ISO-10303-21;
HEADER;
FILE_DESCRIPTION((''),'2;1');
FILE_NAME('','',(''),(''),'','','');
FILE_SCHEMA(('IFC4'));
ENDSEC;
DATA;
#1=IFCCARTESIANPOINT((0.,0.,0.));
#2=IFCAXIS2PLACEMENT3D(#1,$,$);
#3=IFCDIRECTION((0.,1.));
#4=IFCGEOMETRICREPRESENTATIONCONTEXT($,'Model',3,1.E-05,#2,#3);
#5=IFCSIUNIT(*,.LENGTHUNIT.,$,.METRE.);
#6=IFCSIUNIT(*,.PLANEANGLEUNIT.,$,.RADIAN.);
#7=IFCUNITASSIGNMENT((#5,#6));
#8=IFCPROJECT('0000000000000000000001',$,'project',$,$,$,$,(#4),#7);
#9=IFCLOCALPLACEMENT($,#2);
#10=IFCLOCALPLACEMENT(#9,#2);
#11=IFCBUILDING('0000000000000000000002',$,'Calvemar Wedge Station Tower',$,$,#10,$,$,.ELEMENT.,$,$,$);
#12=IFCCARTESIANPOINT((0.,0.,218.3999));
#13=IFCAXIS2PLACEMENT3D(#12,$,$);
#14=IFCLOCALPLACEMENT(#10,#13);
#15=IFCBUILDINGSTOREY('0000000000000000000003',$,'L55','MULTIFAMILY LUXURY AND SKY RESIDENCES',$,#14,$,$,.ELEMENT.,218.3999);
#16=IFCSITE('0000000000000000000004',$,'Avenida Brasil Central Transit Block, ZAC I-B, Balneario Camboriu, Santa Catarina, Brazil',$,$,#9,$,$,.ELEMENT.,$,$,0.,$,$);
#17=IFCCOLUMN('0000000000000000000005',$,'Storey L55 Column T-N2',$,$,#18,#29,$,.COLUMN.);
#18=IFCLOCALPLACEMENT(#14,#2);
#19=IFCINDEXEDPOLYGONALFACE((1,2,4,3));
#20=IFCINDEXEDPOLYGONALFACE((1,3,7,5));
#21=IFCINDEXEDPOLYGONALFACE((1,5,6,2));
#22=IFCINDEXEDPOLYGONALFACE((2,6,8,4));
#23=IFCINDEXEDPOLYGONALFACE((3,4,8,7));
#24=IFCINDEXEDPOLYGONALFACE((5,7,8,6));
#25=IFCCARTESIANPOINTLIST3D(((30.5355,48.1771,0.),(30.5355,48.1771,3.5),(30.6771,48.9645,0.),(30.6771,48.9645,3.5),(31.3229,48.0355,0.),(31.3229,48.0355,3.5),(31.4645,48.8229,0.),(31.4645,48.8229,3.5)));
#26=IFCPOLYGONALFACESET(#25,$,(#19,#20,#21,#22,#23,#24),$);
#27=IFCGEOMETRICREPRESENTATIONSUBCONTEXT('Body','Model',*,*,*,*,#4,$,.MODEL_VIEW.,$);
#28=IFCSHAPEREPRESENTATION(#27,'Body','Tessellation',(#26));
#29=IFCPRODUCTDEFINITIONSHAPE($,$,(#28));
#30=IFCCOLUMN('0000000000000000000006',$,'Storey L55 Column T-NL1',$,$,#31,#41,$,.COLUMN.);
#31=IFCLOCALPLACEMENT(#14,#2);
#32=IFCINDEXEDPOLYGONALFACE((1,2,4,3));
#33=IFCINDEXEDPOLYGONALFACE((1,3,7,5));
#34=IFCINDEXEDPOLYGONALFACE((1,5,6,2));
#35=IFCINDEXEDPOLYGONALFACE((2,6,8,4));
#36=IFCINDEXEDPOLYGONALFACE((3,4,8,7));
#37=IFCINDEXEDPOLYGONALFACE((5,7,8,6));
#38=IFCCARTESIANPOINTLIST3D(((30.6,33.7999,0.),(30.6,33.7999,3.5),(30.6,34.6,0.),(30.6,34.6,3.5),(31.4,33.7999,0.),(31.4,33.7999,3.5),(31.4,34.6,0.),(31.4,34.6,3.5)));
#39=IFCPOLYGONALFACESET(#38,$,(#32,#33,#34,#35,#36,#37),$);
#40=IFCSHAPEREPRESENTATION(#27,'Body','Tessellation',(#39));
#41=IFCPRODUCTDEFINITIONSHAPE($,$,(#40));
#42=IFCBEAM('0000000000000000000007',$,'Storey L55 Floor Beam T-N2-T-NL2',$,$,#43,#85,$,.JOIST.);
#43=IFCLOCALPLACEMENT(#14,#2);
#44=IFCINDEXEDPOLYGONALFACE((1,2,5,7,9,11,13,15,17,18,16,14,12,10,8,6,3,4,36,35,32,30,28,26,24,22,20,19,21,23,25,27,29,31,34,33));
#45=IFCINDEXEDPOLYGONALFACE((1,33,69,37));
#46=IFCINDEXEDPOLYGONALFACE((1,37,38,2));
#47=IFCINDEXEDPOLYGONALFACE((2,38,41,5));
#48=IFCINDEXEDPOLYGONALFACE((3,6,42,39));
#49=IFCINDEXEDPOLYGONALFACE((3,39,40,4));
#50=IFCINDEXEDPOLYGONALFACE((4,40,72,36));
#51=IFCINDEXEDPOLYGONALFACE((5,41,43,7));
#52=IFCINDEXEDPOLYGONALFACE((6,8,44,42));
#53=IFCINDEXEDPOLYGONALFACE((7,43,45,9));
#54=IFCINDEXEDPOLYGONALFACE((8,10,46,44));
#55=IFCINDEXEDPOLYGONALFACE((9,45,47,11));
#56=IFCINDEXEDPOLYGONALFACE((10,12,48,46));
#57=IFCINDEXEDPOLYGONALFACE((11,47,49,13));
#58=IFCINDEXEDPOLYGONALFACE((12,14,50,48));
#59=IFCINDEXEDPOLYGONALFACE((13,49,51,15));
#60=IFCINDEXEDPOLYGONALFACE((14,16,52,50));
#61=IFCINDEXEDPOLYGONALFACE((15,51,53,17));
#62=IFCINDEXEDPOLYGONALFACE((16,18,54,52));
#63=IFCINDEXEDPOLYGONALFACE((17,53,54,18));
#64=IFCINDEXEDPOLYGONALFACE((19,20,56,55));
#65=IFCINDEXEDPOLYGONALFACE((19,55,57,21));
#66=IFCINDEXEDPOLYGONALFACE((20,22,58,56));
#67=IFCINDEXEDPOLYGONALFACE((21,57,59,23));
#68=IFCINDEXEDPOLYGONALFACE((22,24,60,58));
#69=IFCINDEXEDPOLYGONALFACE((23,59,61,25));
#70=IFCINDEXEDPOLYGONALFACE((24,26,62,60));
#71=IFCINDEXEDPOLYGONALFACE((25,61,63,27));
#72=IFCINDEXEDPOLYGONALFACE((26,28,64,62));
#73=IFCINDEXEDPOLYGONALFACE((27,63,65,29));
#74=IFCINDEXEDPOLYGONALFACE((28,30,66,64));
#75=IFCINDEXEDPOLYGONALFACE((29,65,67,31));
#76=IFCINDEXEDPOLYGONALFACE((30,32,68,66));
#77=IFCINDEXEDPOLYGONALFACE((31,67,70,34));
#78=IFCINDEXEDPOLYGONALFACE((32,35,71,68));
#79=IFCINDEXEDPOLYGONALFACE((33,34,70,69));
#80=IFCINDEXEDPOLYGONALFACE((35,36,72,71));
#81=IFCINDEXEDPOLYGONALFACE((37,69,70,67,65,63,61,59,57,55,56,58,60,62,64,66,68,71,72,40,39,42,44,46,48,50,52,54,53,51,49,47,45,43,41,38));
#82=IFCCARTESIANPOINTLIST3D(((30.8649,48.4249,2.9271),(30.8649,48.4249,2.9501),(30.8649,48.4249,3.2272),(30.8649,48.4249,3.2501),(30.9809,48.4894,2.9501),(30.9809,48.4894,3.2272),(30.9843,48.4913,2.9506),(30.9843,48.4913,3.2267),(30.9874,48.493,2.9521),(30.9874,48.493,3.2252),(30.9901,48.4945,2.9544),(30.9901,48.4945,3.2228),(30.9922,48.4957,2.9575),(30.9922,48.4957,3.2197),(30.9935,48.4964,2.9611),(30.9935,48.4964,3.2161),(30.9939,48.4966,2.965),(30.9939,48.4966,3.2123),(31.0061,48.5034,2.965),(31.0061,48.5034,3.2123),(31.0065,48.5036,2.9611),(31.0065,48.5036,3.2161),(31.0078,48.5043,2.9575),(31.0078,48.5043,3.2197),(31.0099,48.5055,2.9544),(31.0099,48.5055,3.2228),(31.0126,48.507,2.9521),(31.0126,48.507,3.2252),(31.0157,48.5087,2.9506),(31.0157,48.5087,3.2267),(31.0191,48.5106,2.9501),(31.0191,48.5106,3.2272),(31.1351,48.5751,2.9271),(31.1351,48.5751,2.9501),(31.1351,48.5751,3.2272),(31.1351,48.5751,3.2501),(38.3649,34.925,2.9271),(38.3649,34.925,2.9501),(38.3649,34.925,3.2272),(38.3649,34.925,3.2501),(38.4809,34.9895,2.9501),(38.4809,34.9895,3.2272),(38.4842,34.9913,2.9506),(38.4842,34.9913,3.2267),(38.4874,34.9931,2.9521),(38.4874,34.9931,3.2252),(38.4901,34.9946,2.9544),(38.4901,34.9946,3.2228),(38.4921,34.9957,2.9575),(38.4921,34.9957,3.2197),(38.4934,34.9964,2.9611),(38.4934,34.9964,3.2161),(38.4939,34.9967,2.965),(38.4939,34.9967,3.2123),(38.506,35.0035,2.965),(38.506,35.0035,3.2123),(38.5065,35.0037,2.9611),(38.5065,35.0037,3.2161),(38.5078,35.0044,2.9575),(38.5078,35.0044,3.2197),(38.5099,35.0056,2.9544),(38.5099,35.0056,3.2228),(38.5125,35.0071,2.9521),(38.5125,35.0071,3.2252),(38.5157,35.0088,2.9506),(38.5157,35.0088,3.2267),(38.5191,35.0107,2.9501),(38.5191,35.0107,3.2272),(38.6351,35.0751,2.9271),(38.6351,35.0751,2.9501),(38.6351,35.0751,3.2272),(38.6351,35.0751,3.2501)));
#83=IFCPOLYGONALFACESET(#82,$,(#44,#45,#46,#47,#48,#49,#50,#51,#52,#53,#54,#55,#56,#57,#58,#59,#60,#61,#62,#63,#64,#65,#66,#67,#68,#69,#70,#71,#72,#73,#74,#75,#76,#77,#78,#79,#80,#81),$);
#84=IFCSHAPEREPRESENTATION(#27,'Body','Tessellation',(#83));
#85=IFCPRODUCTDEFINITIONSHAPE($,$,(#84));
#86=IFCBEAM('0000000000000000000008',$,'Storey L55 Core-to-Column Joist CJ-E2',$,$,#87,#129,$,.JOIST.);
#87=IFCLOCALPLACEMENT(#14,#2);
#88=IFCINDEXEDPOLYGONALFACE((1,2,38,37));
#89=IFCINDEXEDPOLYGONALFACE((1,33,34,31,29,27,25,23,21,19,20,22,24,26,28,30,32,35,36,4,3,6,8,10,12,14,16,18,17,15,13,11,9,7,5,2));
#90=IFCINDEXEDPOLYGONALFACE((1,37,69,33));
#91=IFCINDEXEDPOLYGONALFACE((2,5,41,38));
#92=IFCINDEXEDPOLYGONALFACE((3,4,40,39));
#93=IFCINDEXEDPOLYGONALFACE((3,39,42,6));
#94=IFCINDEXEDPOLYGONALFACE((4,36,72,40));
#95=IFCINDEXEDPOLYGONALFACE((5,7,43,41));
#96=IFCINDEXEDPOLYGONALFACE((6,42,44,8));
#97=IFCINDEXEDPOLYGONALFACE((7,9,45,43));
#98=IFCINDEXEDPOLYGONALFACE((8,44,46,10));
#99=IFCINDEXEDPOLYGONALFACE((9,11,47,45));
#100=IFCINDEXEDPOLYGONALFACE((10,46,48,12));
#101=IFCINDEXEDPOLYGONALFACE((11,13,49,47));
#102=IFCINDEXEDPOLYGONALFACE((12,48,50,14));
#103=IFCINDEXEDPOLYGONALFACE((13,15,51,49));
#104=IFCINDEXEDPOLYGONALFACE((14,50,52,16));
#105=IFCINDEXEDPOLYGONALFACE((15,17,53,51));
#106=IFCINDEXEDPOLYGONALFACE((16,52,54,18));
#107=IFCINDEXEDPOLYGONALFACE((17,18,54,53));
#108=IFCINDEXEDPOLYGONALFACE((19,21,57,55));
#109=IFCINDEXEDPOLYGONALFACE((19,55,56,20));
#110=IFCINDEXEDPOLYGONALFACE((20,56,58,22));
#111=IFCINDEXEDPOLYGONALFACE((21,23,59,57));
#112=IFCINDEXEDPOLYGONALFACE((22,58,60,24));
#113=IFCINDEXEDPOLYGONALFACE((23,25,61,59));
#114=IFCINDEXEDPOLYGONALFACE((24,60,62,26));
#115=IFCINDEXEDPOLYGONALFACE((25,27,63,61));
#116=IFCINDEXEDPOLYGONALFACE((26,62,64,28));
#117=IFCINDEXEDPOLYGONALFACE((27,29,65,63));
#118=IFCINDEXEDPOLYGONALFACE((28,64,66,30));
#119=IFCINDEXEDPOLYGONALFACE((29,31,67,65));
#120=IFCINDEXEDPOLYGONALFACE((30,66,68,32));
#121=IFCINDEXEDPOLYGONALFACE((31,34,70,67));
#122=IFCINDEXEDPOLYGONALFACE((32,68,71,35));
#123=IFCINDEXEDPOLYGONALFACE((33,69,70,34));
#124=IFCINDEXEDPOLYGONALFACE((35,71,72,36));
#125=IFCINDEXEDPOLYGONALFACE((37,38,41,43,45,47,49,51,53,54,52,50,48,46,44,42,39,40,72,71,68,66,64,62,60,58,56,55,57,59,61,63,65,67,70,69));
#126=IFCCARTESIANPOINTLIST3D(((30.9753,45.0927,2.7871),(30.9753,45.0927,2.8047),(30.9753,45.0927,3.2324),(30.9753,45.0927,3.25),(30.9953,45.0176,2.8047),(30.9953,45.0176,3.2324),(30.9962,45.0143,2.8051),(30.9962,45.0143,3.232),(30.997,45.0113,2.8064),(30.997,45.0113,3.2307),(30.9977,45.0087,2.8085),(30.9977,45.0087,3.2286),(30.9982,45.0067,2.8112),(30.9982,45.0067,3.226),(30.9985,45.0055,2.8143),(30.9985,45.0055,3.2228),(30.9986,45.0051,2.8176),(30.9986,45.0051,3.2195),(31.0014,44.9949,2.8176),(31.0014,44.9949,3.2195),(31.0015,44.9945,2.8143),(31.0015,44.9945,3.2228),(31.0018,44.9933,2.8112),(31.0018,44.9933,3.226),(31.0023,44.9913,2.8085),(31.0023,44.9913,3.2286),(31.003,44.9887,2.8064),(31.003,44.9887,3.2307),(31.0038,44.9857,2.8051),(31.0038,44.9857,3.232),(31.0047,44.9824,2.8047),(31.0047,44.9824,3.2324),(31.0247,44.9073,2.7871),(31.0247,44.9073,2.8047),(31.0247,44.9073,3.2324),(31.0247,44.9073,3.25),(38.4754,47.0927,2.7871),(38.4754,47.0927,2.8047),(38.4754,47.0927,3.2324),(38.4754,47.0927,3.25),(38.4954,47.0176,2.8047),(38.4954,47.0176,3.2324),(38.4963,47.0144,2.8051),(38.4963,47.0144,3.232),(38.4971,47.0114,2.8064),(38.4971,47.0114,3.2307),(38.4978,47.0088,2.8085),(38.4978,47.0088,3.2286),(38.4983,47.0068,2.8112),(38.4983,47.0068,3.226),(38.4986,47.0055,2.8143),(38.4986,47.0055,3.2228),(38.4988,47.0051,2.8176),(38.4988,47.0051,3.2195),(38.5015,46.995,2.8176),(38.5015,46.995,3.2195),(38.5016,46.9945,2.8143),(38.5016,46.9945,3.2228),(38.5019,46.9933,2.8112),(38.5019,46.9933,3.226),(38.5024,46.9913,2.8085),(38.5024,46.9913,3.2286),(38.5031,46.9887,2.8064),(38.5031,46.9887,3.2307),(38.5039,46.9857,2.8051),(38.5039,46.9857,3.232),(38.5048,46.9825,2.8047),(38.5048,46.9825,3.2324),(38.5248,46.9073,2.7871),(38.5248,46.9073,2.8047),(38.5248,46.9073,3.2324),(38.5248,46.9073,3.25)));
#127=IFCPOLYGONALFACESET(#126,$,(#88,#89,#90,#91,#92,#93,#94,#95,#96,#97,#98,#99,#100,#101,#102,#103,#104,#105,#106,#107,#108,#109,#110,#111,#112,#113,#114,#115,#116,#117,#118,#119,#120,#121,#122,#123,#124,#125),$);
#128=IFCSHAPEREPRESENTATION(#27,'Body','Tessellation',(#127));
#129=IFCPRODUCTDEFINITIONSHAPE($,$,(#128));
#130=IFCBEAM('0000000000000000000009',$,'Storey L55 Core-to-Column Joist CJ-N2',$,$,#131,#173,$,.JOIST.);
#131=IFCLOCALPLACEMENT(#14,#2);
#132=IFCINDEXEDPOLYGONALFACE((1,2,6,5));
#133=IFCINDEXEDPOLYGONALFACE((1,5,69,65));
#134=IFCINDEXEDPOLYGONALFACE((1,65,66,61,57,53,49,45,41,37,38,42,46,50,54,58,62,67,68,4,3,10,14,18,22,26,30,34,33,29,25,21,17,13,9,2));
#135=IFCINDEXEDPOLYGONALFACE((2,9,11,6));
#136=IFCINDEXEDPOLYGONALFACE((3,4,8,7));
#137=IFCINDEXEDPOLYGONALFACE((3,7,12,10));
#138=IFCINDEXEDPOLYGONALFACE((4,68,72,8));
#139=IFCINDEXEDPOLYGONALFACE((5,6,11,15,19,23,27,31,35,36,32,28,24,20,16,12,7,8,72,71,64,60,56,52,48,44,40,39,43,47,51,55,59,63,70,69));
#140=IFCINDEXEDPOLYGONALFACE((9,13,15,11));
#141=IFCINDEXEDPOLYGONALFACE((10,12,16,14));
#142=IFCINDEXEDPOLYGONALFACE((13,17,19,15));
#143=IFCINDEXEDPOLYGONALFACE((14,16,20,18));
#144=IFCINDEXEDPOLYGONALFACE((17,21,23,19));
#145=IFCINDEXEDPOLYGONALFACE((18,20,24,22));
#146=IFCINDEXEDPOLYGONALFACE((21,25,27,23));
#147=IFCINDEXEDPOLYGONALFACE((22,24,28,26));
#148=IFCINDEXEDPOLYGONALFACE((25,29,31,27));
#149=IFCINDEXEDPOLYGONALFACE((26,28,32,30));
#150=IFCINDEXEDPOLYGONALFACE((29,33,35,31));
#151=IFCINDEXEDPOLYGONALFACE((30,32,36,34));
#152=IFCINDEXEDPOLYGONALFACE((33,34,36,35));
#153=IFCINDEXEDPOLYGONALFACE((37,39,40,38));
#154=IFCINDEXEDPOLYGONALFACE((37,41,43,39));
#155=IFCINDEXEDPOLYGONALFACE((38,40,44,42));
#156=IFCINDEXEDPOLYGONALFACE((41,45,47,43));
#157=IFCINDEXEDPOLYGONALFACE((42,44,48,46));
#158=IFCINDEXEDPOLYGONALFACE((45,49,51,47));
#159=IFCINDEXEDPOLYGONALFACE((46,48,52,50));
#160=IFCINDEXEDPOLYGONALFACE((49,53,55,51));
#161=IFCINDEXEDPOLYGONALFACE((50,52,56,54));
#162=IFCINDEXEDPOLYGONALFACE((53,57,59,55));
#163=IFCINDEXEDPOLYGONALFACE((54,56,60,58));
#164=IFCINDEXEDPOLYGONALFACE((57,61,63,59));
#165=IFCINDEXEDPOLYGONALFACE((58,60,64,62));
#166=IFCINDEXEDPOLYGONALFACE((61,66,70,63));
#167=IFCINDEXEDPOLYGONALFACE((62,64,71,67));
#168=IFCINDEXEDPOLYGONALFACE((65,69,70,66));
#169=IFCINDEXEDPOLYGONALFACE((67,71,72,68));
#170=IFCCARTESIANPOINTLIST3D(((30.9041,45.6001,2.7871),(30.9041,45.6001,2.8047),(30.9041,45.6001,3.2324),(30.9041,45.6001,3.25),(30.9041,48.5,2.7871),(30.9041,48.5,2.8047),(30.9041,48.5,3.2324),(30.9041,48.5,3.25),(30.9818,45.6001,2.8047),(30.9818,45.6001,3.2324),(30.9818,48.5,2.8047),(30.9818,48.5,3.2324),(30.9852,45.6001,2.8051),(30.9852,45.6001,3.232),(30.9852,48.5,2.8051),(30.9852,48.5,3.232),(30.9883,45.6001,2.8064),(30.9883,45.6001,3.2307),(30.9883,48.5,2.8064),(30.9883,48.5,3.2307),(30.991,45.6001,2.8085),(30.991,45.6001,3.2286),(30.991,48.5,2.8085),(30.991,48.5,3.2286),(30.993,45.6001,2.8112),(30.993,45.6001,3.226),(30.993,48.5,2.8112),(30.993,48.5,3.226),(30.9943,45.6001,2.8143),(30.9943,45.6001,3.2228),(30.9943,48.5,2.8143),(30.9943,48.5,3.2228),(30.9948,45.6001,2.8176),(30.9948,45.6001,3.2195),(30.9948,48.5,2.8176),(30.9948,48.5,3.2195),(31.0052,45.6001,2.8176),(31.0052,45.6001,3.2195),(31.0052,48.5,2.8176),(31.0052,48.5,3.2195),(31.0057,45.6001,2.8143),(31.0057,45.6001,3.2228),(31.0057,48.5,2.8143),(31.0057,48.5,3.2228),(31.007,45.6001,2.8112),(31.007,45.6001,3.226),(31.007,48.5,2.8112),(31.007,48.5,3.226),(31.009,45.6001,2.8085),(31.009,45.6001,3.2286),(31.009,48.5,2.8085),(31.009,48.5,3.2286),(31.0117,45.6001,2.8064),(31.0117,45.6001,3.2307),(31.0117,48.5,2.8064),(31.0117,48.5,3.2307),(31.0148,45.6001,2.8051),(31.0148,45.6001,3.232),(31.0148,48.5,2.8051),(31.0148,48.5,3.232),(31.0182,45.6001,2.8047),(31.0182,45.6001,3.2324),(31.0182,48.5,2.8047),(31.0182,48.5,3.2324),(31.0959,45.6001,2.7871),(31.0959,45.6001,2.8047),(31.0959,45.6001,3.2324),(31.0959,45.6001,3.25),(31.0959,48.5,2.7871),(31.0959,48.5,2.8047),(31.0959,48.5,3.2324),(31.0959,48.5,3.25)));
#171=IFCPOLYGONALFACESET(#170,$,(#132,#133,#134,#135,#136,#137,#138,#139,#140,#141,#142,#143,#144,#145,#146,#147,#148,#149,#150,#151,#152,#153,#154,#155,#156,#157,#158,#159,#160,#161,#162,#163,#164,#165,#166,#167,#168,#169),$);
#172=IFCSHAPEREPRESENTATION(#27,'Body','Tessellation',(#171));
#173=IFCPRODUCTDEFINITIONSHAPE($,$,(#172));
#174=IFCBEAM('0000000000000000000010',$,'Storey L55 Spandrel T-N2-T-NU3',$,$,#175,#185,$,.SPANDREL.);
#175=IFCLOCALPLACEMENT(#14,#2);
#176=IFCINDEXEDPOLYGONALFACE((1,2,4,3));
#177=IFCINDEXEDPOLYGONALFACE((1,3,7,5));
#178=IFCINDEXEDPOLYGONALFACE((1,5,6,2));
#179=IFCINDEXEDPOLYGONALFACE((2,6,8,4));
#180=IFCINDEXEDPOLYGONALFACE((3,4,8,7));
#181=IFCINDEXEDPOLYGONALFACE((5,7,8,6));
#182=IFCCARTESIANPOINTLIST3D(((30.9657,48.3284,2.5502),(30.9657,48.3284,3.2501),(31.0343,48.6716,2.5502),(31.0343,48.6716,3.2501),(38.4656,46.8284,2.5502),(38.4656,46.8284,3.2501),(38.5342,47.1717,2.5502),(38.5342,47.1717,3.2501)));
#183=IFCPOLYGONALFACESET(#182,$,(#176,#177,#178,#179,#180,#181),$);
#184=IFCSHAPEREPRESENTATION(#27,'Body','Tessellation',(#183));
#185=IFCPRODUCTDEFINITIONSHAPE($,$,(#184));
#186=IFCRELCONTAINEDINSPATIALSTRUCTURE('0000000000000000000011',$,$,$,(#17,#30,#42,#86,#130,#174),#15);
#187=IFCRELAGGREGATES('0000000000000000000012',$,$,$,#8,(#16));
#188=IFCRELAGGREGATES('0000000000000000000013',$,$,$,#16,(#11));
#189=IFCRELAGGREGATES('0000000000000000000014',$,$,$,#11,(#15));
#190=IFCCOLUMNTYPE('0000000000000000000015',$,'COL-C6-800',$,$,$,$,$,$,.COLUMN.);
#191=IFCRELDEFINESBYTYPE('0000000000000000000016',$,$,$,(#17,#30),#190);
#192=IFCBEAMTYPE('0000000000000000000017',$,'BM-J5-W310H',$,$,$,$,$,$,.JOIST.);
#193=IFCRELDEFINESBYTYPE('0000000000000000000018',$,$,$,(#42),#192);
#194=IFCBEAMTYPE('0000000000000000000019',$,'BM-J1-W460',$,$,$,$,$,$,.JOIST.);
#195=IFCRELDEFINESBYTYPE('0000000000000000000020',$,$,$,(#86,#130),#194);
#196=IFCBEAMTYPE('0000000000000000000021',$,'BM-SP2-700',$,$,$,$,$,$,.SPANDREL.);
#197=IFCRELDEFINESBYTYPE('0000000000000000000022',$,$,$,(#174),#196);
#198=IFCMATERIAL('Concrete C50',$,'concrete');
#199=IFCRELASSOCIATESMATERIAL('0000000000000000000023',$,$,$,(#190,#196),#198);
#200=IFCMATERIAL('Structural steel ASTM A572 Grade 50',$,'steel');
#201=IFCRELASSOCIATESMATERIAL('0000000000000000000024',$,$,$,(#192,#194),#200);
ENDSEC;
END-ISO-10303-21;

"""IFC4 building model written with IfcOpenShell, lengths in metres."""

from ifc_helpers import new_model, si_unit, direction, frame, origin, origin_2d, place, context, subcontext, project, spatial, rectangle, i_section, extrude, source, transform, mapped, material, material_profile, profile_set, type_object, element, save


model = new_model("IFC4")

# Units and contexts
model_context = context("Model", 3, precision=1e-05, world=origin(), true_north=direction((0.0, 1.0)))
body_context = subcontext(model_context, "Body", "Model", "MODEL_VIEW")
ifc_project = project(units=[si_unit("LENGTHUNIT", "METRE"), si_unit("PLANEANGLEUNIT", "RADIAN")], contexts=[model_context])

# Site, building, storey
site_placement = place(None, origin())
site = spatial("IfcSite", under=ifc_project, at=site_placement, Name="Avenida Brasil Central Transit Block, ZAC I-B, Balneario Camboriu, Santa Catarina, Brazil", CompositionType="ELEMENT", RefElevation=0.0)
building_placement = place(site_placement, origin())
building = spatial("IfcBuilding", under=site, at=building_placement, Name="Calvemar Wedge Station Tower", CompositionType="ELEMENT")
storey_placement = place(building_placement, frame((0.0, 0.0, 218.3999)))
storey = spatial("IfcBuildingStorey", under=building, at=storey_placement, Name="L55", Description="MULTIFAMILY LUXURY AND SKY RESIDENCES", CompositionType="ELEMENT", Elevation=218.3999)

# Columns
ifc_material_1 = material(Name="Concrete C50", Category="concrete")
ifc_material_profile_1 = material_profile(ifc_material_1, rectangle(XDim=0.8, YDim=0.8, at=origin_2d()), Name="RC800x800")
ifc_profile_set_1 = profile_set([ifc_material_profile_1], Name="Concrete C50")
column_type = type_object("IfcColumnType", Name="COL-C6-800", PredefinedType="COLUMN", material=ifc_profile_set_1)
shared_shape_1 = source(origin(), body_context, "Body", "SweptSolid", [
    extrude(rectangle(XDim=0.8, YDim=0.8, at=origin_2d()), origin(), (0.0, 0.0, 1.0), 3.5),
])
for number, where, z_axis, x_axis, name in (
    (1, (31.0, 48.5, 0.0), (0.0, 0.0, 1.0), (0.984196, -0.177085, 0.0), "Storey L55 Column T-N2"),
    (2, (31.0, 34.2, 0.0), (0.0, 0.0, 1.0), (1.0, 0.0, 0.0), "Storey L55 Column T-NL1"),
):
    element("IfcColumn", number, at=place(storey_placement, frame(where, z_axis=z_axis, x_axis=x_axis)), inside=storey, type_object=column_type, Name=name, PredefinedType="COLUMN", context=body_context, shape_type="MappedRepresentation", body=[
        mapped(shared_shape_1, transform((0.0, 0.0, 0.0), scale=1.0)),
    ])

# Beams
ifc_material_2 = material(Name="Structural steel ASTM A572 Grade 50", Category="steel")
ifc_material_profile_2 = material_profile(ifc_material_2, i_section(OverallWidth=0.3091, OverallDepth=0.323, WebThickness=0.0139, FlangeThickness=0.0229, FilletRadius=0.0149, at=origin_2d()), Name="W310x143")
ifc_profile_set_2 = profile_set([ifc_material_profile_2], Name="Structural steel ASTM A572 Grade 50")
beam_type_1 = type_object("IfcBeamType", Name="BM-J5-W310H", PredefinedType="JOIST", material=ifc_profile_set_2)
shared_shape_2 = source(origin(), body_context, "Body", "SweptSolid", [
    extrude(i_section(OverallWidth=0.3091, OverallDepth=0.323, WebThickness=0.0139, FlangeThickness=0.0229, FilletRadius=0.0149, at=origin_2d()), origin(), (0.0, 0.0, 1.0), 15.4434),
])
beam_1_placement = place(storey_placement, frame((31.0, 48.5, 3.0886), z_axis=(0.485643, -0.874157, 0.0), x_axis=(0.874157, 0.485643, 0.0)))
element("IfcBeam", 3, at=beam_1_placement, inside=storey, type_object=beam_type_1, Name="Storey L55 Floor Beam T-N2-T-NL2", PredefinedType="JOIST", context=body_context, shape_type="MappedRepresentation", body=[
    mapped(shared_shape_2, transform((0.0, 0.0, 0.0), scale=1.0)),
])
ifc_material_profile_3 = material_profile(ifc_material_2, i_section(OverallWidth=0.1919, OverallDepth=0.4629, WebThickness=0.0105, FlangeThickness=0.0176, FilletRadius=0.0129, at=origin_2d()), Name="W460x89")
ifc_profile_set_3 = profile_set([ifc_material_profile_3], Name="Structural steel ASTM A572 Grade 50")
beam_type_2 = type_object("IfcBeamType", Name="BM-J1-W460", PredefinedType="JOIST", material=ifc_profile_set_3)
shared_shape_3 = source(origin(), body_context, "Body", "SweptSolid", [
    extrude(i_section(OverallWidth=0.1919, OverallDepth=0.4629, WebThickness=0.0105, FlangeThickness=0.0176, FilletRadius=0.0129, at=origin_2d()), origin(), (0.0, 0.0, 1.0), 7.7622),
])
beam_2_placement = place(storey_placement, frame((31.0, 45.0, 3.0186), z_axis=(0.966235, 0.257663, 0.0), x_axis=(-0.257663, 0.966235, 0.0)))
element("IfcBeam", 4, at=beam_2_placement, inside=storey, type_object=beam_type_2, Name="Storey L55 Core-to-Column Joist CJ-E2", PredefinedType="JOIST", context=body_context, shape_type="MappedRepresentation", body=[
    mapped(shared_shape_3, transform((0.0, 0.0, 0.0), scale=1.0)),
])
shared_shape_4 = source(origin(), body_context, "Body", "SweptSolid", [
    extrude(i_section(OverallWidth=0.1919, OverallDepth=0.4629, WebThickness=0.0105, FlangeThickness=0.0176, FilletRadius=0.0129, at=origin_2d()), origin(), (0.0, 0.0, 1.0), 2.8999),
])
beam_3_placement = place(storey_placement, frame((31.0, 45.6001, 3.0186), z_axis=(0.0, 1.0, 0.0), x_axis=(-1.0, 0.0, 0.0)))
element("IfcBeam", 5, at=beam_3_placement, inside=storey, type_object=beam_type_2, Name="Storey L55 Core-to-Column Joist CJ-N2", PredefinedType="JOIST", context=body_context, shape_type="MappedRepresentation", body=[
    mapped(shared_shape_4, transform((0.0, 0.0, 0.0), scale=1.0)),
])
ifc_material_profile_4 = material_profile(ifc_material_1, rectangle(XDim=0.3501, YDim=0.7, at=origin_2d()), Name="RC350x700")
ifc_profile_set_4 = profile_set([ifc_material_profile_4], Name="Concrete C50")
beam_type_3 = type_object("IfcBeamType", Name="BM-SP2-700", PredefinedType="SPANDREL", material=ifc_profile_set_4)
shared_shape_5 = source(origin(), body_context, "Body", "SweptSolid", [
    extrude(rectangle(XDim=0.3501, YDim=0.7, at=origin_2d()), origin(), (0.0, 0.0, 1.0), 7.6484),
])
beam_4_placement = place(storey_placement, frame((31.0, 48.5, 2.9001), z_axis=(0.980581, -0.196116, 0.0), x_axis=(0.196116, 0.980581, 0.0)))
element("IfcBeam", 6, at=beam_4_placement, inside=storey, type_object=beam_type_3, Name="Storey L55 Spandrel T-N2-T-NU3", PredefinedType="SPANDREL", context=body_context, shape_type="MappedRepresentation", body=[
    mapped(shared_shape_5, transform((0.0, 0.0, 0.0), scale=1.0)),
])

save(model, "model.ifc")
